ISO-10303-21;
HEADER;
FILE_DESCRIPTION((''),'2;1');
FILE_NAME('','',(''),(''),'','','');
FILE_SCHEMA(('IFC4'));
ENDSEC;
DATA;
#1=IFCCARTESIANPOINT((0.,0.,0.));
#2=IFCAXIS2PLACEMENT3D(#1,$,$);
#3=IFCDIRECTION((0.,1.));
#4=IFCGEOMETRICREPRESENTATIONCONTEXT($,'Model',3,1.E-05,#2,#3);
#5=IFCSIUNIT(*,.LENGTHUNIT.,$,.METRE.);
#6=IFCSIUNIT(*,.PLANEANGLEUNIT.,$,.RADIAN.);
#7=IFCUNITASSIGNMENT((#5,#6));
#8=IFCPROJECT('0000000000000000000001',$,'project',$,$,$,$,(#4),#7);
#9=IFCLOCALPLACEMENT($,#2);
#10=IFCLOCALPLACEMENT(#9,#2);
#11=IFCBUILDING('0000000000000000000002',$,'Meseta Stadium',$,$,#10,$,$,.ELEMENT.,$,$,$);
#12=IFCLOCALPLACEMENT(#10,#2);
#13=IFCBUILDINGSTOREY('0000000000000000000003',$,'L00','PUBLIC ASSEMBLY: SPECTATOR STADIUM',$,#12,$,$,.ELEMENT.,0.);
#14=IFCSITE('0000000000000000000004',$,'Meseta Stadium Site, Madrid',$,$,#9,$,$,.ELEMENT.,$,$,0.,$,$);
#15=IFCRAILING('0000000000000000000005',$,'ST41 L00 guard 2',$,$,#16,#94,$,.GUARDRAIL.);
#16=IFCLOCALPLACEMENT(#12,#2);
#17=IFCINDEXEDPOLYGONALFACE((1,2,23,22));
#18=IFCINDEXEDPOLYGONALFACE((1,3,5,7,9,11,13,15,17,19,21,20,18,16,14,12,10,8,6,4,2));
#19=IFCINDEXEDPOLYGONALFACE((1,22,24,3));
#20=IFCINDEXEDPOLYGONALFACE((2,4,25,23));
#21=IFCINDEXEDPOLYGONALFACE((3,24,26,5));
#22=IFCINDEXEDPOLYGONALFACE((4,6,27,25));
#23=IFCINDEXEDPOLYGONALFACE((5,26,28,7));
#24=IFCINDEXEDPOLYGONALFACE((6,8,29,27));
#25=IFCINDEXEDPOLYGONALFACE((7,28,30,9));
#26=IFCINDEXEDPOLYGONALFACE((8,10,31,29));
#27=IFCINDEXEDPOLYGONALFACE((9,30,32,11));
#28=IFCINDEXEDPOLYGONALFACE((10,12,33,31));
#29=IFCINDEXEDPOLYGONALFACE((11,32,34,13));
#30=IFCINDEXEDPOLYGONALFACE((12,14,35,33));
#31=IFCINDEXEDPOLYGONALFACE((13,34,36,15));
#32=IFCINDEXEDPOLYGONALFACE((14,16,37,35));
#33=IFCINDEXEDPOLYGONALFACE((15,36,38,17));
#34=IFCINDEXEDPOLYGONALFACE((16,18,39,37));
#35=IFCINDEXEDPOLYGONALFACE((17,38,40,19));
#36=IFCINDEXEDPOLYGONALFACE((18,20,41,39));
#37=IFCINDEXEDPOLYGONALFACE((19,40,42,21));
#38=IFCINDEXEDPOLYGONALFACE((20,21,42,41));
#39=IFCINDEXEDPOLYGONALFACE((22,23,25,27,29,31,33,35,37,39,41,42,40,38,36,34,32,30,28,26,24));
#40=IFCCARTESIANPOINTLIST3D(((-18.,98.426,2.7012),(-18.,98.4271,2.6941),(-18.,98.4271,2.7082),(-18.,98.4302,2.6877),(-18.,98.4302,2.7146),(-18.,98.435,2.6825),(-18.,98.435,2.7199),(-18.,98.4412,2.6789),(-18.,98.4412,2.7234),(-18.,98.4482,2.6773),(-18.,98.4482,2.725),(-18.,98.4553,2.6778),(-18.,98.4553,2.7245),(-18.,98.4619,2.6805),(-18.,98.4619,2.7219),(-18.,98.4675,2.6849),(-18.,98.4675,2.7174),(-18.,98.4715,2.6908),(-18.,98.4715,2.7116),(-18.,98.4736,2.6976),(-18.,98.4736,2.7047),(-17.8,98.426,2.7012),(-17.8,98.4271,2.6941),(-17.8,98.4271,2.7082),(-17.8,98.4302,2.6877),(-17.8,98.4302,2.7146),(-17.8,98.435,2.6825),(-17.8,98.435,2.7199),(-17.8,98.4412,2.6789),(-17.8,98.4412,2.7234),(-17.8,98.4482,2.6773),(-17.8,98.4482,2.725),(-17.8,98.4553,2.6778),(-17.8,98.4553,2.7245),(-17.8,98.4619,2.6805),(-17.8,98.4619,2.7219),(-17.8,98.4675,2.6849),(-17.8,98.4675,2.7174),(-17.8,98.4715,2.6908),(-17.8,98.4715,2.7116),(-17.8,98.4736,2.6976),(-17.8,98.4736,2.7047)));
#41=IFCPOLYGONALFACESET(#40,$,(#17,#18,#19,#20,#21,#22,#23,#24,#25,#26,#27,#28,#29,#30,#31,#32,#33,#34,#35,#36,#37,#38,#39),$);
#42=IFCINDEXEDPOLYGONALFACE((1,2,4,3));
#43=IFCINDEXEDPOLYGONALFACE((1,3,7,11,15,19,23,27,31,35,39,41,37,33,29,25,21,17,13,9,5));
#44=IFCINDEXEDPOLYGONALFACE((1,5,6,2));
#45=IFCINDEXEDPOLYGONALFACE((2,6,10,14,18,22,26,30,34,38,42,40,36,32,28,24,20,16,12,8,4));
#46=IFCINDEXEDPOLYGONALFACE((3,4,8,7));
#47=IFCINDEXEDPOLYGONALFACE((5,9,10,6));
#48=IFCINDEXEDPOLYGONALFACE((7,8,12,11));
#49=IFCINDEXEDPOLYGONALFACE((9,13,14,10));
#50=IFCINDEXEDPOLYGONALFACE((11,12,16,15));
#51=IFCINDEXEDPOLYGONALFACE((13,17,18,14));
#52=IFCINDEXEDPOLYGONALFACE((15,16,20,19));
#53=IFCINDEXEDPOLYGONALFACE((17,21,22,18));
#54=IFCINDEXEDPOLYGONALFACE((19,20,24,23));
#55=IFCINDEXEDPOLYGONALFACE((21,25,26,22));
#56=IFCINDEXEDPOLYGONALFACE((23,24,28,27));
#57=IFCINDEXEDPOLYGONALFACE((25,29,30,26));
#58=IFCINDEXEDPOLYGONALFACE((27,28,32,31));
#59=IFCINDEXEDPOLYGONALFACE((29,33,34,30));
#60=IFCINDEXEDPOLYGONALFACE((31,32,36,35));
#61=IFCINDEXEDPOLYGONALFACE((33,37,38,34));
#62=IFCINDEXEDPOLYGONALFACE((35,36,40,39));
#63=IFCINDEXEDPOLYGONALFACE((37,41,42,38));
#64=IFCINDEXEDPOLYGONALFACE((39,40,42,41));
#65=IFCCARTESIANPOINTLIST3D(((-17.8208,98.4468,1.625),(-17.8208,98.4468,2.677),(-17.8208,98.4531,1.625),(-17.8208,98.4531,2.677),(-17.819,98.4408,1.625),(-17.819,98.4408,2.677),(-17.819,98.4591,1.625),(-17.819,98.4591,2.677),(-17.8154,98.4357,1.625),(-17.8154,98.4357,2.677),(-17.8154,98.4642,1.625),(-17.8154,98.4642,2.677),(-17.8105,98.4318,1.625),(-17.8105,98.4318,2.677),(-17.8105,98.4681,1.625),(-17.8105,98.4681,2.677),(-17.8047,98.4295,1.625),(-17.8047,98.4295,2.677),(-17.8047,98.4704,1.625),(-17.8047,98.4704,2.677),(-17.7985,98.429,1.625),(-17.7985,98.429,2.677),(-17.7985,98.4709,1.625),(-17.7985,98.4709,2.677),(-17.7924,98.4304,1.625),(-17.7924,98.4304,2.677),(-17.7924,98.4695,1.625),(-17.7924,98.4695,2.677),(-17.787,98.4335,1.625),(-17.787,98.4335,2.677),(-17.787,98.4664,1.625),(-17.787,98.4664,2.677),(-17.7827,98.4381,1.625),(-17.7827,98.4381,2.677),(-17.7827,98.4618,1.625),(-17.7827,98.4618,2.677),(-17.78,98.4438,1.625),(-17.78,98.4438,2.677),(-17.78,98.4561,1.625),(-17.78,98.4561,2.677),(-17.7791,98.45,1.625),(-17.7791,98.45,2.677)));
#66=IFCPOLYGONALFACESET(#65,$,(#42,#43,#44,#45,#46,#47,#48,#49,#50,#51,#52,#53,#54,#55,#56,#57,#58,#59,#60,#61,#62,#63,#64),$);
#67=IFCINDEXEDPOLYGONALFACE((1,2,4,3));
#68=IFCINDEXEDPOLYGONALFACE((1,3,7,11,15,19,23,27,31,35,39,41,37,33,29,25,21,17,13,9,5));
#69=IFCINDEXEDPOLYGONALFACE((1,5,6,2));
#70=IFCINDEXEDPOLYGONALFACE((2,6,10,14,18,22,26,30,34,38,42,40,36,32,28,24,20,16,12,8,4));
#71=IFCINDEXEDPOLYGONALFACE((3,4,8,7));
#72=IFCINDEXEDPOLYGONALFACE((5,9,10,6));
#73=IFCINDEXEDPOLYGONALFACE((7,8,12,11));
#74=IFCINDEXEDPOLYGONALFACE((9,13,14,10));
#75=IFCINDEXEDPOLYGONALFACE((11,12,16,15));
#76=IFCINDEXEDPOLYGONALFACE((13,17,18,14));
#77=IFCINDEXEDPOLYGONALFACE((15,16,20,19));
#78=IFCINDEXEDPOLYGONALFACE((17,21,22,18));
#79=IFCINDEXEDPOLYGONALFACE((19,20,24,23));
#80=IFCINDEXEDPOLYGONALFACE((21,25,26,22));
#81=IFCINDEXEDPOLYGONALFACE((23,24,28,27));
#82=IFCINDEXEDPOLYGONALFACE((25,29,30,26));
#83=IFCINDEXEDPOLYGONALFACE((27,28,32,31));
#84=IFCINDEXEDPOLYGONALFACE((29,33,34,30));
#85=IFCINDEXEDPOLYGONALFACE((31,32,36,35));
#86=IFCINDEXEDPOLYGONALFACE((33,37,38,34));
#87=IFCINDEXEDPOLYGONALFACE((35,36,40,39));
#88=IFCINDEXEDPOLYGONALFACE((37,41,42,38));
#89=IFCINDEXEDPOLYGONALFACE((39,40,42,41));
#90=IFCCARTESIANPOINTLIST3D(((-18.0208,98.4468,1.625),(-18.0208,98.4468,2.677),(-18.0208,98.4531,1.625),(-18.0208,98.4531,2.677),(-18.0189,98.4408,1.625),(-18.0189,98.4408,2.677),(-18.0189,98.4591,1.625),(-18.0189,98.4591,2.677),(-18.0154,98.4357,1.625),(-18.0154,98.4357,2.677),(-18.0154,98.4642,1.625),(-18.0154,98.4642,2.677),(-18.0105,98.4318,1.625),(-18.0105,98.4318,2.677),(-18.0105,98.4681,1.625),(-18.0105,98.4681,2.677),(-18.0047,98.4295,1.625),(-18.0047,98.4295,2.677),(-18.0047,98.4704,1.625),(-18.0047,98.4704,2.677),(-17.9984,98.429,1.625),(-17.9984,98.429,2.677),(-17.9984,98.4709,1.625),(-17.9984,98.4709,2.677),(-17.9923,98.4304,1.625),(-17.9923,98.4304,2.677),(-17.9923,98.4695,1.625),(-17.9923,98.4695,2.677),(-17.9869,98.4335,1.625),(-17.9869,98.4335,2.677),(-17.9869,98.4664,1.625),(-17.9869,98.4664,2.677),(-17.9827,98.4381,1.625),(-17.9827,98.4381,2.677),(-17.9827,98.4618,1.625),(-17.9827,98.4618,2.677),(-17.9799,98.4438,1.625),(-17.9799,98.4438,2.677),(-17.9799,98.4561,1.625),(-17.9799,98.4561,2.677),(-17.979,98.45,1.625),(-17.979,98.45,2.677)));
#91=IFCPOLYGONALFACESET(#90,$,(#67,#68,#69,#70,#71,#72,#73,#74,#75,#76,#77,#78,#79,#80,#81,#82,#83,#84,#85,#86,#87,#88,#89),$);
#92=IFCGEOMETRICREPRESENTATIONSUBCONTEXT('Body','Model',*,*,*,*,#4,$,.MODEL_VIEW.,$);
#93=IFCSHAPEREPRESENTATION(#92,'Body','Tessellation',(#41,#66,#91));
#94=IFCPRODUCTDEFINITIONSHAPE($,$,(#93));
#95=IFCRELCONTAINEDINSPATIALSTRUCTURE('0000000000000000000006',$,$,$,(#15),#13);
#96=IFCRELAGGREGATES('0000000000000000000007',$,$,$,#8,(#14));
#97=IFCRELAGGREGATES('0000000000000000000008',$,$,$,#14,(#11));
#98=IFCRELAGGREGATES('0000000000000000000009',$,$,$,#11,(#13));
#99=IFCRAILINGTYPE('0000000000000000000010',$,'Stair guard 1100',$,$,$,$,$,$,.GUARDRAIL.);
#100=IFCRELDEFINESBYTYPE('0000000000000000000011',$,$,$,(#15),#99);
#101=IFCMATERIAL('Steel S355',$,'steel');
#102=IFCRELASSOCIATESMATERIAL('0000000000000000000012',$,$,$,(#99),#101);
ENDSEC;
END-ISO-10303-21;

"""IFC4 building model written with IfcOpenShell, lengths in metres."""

from ifc_helpers import new_model, si_unit, direction, frame, origin, origin_2d, place, context, subcontext, project, spatial, circle, extrude, material, type_object, element, save


model = new_model("IFC4")

# Units and contexts
model_context = context("Model", 3, precision=1e-05, world=origin(), true_north=direction((0.0, 1.0)))
body_context = subcontext(model_context, "Body", "Model", "MODEL_VIEW")
ifc_project = project(units=[si_unit("LENGTHUNIT", "METRE"), si_unit("PLANEANGLEUNIT", "RADIAN")], contexts=[model_context])

# Site, building, storey
site_placement = place(None, origin())
site = spatial("IfcSite", under=ifc_project, at=site_placement, Name="Meseta Stadium Site, Madrid", CompositionType="ELEMENT", RefElevation=0.0)
building_placement = place(site_placement, origin())
building = spatial("IfcBuilding", under=site, at=building_placement, Name="Meseta Stadium", CompositionType="ELEMENT")
storey_placement = place(building_placement, origin())
storey = spatial("IfcBuildingStorey", under=building, at=storey_placement, Name="L00", Description="PUBLIC ASSEMBLY: SPECTATOR STADIUM", CompositionType="ELEMENT", Elevation=0.0)

# Railing
ifc_material_1 = material(Name="Steel S355", Category="steel")
railing_type_1 = type_object("IfcRailingType", Name="Stair guard 1100", PredefinedType="GUARDRAIL", material=ifc_material_1)
railing_1_placement = place(storey_placement, frame((-17.8, 98.45, 1.625)))
element("IfcRailing", 1, at=railing_1_placement, inside=storey, type_object=railing_type_1, Name="ST41 L00 guard 2", PredefinedType="GUARDRAIL", context=body_context, shape_type="SweptSolid", body=[
    extrude(circle(Radius=0.0239, at=origin_2d()), frame((0.0, 0.0, 1.0762), z_axis=(-1.0, 0.0, 0.0), x_axis=(0.0, -1.0, 0.0)), (0.0, 0.0, 1.0), 0.2),
    extrude(circle(Radius=0.021, at=origin_2d()), origin(), (0.0, 0.0, 1.0), 1.052),
    extrude(circle(Radius=0.021, at=origin_2d()), frame((-0.2, 0.0, 0.0)), (0.0, 0.0, 1.0), 1.052),
])

save(model, "model.ifc")
